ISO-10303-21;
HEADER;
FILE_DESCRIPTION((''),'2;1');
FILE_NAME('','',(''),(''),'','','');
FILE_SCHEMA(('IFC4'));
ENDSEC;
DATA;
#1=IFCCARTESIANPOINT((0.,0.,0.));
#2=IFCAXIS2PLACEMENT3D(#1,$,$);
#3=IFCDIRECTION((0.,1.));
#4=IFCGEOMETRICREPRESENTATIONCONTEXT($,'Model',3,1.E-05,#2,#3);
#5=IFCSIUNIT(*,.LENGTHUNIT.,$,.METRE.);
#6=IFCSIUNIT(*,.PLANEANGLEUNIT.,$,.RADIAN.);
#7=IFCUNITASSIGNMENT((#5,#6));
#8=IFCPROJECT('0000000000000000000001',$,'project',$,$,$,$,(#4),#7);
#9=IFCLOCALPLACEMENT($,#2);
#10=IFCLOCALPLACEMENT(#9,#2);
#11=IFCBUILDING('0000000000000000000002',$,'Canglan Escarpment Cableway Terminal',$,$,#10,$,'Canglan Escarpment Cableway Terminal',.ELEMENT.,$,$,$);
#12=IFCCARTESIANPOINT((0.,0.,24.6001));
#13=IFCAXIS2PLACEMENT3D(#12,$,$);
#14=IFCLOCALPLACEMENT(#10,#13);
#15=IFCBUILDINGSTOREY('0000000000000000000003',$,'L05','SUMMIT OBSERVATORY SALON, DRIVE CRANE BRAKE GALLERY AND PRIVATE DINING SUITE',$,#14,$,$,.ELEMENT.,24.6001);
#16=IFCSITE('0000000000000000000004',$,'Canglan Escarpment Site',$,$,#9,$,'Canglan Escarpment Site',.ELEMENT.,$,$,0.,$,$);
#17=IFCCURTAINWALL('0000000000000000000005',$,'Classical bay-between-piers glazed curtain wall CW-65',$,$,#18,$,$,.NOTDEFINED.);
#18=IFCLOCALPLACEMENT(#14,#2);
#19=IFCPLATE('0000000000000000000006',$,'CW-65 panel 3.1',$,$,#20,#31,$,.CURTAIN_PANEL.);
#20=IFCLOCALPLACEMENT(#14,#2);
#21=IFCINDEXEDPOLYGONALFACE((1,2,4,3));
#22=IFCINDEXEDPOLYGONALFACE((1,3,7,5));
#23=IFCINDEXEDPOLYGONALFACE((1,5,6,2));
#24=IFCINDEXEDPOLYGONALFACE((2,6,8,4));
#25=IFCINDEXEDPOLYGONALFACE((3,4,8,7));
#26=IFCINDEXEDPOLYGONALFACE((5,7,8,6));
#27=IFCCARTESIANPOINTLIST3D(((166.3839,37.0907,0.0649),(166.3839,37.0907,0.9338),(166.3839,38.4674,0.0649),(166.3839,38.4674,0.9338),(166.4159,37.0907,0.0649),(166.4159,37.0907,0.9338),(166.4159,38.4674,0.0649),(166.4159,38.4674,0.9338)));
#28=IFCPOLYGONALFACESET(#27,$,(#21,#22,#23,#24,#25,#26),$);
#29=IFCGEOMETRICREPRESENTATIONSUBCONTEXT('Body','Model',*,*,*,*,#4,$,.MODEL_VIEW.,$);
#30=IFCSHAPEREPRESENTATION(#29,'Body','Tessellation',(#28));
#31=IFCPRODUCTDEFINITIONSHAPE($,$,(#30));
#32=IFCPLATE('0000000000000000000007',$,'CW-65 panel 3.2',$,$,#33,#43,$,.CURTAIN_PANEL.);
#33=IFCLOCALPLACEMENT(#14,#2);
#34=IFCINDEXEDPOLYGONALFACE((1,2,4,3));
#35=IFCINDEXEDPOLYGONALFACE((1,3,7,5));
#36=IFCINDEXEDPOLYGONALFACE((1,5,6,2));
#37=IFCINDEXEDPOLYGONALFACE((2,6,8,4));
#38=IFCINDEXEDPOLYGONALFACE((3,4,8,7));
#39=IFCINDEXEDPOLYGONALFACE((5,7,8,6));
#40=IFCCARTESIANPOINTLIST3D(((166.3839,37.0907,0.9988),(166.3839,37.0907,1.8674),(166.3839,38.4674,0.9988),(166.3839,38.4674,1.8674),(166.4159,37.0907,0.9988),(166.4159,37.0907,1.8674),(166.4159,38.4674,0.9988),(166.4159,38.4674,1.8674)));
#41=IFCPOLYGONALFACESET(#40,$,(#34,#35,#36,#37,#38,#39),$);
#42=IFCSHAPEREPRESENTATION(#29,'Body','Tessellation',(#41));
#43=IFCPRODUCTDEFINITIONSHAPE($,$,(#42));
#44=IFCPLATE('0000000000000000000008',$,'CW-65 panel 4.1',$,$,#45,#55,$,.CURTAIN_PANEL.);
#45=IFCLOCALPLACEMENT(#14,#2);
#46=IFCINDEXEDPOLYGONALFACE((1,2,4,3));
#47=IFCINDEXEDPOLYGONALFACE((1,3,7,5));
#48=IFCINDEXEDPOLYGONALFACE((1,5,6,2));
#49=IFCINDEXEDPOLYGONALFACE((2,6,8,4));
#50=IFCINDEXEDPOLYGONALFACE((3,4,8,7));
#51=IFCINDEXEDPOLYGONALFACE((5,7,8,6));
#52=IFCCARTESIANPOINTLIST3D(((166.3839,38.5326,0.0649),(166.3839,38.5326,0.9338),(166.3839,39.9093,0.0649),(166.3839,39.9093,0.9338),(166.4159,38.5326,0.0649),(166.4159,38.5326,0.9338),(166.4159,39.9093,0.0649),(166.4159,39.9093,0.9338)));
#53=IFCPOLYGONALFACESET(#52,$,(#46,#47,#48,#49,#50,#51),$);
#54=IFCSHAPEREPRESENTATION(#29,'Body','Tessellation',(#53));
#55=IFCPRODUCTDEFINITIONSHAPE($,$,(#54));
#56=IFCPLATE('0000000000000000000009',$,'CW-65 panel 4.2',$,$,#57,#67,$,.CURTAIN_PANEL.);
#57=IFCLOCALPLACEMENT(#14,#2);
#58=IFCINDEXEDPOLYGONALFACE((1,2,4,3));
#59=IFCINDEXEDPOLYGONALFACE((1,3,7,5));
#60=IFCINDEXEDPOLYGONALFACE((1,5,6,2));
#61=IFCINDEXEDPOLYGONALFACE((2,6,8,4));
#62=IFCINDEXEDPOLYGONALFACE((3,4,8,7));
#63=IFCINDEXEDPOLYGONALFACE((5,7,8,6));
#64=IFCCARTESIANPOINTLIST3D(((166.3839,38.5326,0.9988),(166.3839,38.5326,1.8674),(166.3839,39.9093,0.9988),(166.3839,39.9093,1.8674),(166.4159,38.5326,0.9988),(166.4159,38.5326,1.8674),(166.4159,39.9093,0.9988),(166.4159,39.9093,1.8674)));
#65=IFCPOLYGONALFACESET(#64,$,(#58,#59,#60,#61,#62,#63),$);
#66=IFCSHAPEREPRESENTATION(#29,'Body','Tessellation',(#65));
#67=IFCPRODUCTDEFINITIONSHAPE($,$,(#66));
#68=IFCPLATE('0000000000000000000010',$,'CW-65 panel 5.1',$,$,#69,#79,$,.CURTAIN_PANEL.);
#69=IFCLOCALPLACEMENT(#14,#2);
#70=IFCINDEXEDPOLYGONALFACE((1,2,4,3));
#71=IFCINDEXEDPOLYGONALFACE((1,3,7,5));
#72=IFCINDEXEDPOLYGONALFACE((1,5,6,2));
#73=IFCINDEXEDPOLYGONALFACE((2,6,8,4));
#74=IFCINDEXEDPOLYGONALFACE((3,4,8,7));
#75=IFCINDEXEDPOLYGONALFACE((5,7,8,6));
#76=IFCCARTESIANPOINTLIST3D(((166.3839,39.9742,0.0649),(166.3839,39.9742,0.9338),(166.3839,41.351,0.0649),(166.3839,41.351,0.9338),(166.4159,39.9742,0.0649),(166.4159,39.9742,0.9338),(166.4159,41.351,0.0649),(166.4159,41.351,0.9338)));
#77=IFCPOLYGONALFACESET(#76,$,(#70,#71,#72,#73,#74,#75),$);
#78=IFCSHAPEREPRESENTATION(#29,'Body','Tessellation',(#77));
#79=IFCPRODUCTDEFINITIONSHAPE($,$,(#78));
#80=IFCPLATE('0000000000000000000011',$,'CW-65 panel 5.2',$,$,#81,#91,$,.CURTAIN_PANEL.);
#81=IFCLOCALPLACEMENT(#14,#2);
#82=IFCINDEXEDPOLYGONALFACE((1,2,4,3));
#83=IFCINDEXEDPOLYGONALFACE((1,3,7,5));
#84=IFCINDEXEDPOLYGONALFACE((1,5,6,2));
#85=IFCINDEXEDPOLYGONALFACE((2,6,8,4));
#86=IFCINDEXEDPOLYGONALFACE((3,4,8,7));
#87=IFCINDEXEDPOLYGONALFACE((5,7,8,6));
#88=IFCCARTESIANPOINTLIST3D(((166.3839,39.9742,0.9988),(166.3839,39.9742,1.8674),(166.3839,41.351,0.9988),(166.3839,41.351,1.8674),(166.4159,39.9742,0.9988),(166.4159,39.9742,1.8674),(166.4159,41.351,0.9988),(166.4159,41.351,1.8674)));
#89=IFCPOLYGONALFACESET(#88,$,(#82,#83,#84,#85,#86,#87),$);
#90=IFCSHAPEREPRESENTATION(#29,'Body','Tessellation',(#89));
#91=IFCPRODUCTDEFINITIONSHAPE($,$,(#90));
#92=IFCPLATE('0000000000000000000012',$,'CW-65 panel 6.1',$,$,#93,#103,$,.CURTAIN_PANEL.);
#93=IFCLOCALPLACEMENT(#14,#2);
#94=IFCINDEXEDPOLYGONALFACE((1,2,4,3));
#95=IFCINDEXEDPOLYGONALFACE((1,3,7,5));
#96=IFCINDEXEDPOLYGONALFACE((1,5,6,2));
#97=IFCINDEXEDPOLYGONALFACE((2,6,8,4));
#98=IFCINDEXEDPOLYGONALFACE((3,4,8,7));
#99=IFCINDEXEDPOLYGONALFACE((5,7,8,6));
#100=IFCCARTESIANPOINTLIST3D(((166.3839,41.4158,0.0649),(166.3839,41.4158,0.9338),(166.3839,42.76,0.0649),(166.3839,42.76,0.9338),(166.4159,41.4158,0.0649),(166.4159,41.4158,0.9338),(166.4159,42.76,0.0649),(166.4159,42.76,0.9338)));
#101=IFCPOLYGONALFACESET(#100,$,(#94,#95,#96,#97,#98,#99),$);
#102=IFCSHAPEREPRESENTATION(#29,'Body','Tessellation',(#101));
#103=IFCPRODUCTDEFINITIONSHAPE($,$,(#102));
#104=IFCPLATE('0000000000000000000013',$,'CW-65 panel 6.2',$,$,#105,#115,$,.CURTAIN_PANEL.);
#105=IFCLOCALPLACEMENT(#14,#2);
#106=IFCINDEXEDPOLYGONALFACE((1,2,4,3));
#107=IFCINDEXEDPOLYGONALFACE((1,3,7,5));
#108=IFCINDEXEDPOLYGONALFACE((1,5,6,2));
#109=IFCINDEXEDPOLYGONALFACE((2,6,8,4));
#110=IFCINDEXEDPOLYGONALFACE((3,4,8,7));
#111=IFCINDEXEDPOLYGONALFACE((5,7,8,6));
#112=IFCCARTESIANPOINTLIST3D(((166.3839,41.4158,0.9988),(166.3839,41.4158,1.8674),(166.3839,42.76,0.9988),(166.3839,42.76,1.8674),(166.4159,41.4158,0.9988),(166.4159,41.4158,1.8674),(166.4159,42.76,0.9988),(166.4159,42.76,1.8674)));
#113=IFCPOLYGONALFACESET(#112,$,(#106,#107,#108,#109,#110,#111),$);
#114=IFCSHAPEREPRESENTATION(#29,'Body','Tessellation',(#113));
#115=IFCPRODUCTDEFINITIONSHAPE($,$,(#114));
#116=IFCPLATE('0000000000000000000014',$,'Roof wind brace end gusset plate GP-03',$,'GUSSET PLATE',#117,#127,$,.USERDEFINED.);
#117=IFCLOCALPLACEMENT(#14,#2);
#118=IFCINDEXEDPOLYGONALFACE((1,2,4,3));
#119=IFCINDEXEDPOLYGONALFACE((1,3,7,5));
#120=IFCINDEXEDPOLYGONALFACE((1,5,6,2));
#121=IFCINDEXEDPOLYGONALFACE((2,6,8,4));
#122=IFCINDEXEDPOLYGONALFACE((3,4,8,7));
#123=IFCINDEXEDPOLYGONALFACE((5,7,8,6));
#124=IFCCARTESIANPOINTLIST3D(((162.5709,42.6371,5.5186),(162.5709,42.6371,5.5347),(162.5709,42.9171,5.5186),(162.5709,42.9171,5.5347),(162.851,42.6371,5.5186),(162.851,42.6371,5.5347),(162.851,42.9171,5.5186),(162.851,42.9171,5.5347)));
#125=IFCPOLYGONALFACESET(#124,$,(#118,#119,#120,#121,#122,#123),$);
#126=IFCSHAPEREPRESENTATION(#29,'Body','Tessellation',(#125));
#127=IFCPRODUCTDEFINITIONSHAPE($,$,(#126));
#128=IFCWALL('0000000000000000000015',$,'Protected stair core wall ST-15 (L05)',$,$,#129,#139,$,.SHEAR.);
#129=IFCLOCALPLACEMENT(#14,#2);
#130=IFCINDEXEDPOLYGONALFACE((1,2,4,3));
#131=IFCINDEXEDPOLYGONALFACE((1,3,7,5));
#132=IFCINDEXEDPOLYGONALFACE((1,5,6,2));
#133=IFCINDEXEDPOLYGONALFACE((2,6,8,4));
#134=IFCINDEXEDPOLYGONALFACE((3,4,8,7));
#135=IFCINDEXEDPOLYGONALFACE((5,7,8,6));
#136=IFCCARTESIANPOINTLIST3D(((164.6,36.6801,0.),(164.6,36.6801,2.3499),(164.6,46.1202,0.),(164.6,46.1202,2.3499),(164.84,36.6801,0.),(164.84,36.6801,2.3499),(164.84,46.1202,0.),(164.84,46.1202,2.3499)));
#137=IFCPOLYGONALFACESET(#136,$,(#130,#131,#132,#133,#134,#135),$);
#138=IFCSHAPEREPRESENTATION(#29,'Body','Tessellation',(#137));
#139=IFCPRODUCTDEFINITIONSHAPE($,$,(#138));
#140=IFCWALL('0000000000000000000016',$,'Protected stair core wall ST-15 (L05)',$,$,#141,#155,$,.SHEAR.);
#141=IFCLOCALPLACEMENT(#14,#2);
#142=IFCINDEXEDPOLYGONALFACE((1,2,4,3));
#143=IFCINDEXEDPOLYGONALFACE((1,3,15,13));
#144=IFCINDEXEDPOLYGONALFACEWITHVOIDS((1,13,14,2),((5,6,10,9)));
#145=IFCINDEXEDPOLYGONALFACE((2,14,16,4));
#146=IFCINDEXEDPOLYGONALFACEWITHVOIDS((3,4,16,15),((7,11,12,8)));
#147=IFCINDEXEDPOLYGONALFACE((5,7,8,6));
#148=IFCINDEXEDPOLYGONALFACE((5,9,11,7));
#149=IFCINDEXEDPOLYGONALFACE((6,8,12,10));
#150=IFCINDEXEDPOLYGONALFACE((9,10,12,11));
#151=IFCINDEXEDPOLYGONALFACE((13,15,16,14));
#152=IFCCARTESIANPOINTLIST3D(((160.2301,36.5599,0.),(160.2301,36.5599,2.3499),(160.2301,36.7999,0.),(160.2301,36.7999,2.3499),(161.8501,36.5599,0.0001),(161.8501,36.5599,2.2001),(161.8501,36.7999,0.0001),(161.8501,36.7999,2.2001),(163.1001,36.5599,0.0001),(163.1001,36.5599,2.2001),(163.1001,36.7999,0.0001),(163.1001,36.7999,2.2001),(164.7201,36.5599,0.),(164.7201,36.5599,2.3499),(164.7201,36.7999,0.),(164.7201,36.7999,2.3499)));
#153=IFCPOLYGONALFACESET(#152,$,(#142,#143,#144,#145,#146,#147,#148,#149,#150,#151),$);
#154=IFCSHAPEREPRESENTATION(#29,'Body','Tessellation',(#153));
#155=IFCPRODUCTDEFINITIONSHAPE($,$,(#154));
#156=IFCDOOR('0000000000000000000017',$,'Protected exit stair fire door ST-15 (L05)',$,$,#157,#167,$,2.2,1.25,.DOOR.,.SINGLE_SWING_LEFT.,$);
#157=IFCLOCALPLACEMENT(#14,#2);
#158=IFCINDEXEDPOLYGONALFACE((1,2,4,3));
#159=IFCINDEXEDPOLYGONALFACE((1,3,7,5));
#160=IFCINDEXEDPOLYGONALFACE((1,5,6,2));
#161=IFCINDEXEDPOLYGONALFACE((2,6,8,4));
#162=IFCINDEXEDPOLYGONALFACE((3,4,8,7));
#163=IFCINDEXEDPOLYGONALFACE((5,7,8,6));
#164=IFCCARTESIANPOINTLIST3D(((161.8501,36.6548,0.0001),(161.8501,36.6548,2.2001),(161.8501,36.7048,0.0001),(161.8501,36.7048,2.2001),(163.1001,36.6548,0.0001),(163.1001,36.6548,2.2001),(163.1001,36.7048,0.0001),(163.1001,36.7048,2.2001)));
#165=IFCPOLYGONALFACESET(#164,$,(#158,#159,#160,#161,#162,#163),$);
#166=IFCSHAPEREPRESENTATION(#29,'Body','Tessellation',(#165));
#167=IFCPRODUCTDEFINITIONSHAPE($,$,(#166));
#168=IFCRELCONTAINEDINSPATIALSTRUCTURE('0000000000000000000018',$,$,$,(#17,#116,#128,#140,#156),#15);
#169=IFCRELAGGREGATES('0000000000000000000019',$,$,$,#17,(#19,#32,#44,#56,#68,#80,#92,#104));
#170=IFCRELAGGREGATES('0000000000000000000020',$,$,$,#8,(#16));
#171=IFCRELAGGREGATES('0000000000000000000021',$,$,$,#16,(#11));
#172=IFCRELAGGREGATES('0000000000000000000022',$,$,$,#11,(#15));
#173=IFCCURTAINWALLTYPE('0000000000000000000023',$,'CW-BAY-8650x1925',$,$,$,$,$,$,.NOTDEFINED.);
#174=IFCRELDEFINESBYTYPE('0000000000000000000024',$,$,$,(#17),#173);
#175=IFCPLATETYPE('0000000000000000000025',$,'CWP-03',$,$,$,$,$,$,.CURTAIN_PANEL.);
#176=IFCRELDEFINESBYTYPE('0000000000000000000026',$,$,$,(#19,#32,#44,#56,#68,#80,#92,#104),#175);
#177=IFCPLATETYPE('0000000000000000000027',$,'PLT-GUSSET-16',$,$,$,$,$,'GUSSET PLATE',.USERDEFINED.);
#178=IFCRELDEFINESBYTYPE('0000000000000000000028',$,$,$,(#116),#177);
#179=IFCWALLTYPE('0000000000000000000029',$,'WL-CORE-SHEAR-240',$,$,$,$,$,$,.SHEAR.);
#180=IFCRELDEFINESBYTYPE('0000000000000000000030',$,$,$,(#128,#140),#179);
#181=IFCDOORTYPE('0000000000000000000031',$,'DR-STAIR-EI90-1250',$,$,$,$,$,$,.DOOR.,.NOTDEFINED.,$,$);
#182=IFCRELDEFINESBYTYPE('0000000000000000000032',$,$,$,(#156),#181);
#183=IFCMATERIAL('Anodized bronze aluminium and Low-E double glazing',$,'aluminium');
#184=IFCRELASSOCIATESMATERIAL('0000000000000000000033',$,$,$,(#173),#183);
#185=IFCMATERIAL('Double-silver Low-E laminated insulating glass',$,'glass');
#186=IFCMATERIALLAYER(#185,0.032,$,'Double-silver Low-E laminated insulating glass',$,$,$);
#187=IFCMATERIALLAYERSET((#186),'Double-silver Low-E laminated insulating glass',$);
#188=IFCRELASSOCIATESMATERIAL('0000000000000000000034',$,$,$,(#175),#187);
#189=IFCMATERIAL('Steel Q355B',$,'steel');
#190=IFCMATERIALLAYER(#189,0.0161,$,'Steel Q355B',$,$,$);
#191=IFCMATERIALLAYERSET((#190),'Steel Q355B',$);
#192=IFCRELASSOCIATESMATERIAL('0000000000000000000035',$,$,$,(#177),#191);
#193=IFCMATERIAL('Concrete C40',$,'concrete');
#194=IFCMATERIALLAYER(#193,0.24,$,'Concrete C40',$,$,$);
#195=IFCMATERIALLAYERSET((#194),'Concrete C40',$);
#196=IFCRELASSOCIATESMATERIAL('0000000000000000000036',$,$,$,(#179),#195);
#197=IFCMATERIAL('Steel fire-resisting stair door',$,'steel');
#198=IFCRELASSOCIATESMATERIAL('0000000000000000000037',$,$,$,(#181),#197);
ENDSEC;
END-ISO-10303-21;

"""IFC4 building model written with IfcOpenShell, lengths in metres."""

from ifc_helpers import new_model, si_unit, direction, frame, frame_2d, origin, origin_2d, place, context, subcontext, project, spatial, rectangle, extrude, material, layer, layer_set, type_object, element, fill, aggregate, save


model = new_model("IFC4")

# Units and contexts
model_context = context("Model", 3, precision=1e-05, world=origin(), true_north=direction((0.0, 1.0)))
body_context = subcontext(model_context, "Body", "Model", "MODEL_VIEW")
ifc_project = project(units=[si_unit("LENGTHUNIT", "METRE"), si_unit("PLANEANGLEUNIT", "RADIAN")], contexts=[model_context])

# Site, building, storey
site_placement = place(None, origin())
site = spatial("IfcSite", under=ifc_project, at=site_placement, Name="Canglan Escarpment Site", LongName="Canglan Escarpment Site", CompositionType="ELEMENT", RefElevation=0.0)
building_placement = place(site_placement, origin())
building = spatial("IfcBuilding", under=site, at=building_placement, Name="Canglan Escarpment Cableway Terminal", LongName="Canglan Escarpment Cableway Terminal", CompositionType="ELEMENT")
storey_placement = place(building_placement, frame((0.0, 0.0, 24.6001)))
storey = spatial("IfcBuildingStorey", under=building, at=storey_placement, Name="L05", Description="SUMMIT OBSERVATORY SALON, DRIVE CRANE BRAKE GALLERY AND PRIVATE DINING SUITE", CompositionType="ELEMENT", Elevation=24.6001)

# Curtain wall, plates
ifc_material_1 = material(Name="Anodized bronze aluminium and Low-E double glazing", Category="aluminium")
curtain_wall_type = type_object("IfcCurtainWallType", Name="CW-BAY-8650x1925", PredefinedType="NOTDEFINED", material=ifc_material_1)
curtain_wall_placement = place(storey_placement, origin())
curtain_wall = element("IfcCurtainWall", 1, at=curtain_wall_placement, inside=storey, type_object=curtain_wall_type, Name="Classical bay-between-piers glazed curtain wall CW-65", PredefinedType="NOTDEFINED")
ifc_material_2 = material(Name="Double-silver Low-E laminated insulating glass", Category="glass")
ifc_layer_1 = layer(ifc_material_2, 0.032, Name="Double-silver Low-E laminated insulating glass")
ifc_layer_set_1 = layer_set([ifc_layer_1], Name="Double-silver Low-E laminated insulating glass")
plate_type_1 = type_object("IfcPlateType", Name="CWP-03", PredefinedType="CURTAIN_PANEL", material=ifc_layer_set_1)
plate_1_placement = place(storey_placement, frame((166.3999, 37.7791, 0.0649), z_axis=(0.0, 0.0, 1.0), x_axis=(0.0, 1.0, 0.0)))
plate_1 = element("IfcPlate", 2, at=plate_1_placement, type_object=plate_type_1, Name="CW-65 panel 3.1", PredefinedType="CURTAIN_PANEL", context=body_context, shape_type="SweptSolid", body=[
    extrude(rectangle(XDim=1.3767, YDim=0.032, at=origin_2d()), origin(), (0.0, 0.0, 1.0), 0.8689),
])
plate_2_placement = place(storey_placement, frame((166.3999, 37.7791, 0.9988), z_axis=(0.0, 0.0, 1.0), x_axis=(0.0, 1.0, 0.0)))
plate_2 = element("IfcPlate", 3, at=plate_2_placement, type_object=plate_type_1, Name="CW-65 panel 3.2", PredefinedType="CURTAIN_PANEL", context=body_context, shape_type="SweptSolid", body=[
    extrude(rectangle(XDim=1.3767, YDim=0.032, at=origin_2d()), origin(), (0.0, 0.0, 1.0), 0.8687),
])
plate_3_placement = place(storey_placement, frame((166.3999, 39.2209, 0.0649), z_axis=(0.0, 0.0, 1.0), x_axis=(0.0, 1.0, 0.0)))
plate_3 = element("IfcPlate", 4, at=plate_3_placement, type_object=plate_type_1, Name="CW-65 panel 4.1", PredefinedType="CURTAIN_PANEL", context=body_context, shape_type="SweptSolid", body=[
    extrude(rectangle(XDim=1.3767, YDim=0.032, at=origin_2d()), origin(), (0.0, 0.0, 1.0), 0.8689),
])
plate_4_placement = place(storey_placement, frame((166.3999, 39.2209, 0.9988), z_axis=(0.0, 0.0, 1.0), x_axis=(0.0, 1.0, 0.0)))
plate_4 = element("IfcPlate", 5, at=plate_4_placement, type_object=plate_type_1, Name="CW-65 panel 4.2", PredefinedType="CURTAIN_PANEL", context=body_context, shape_type="SweptSolid", body=[
    extrude(rectangle(XDim=1.3767, YDim=0.032, at=origin_2d()), origin(), (0.0, 0.0, 1.0), 0.8687),
])
plate_5_placement = place(storey_placement, frame((166.3999, 40.6626, 0.0649), z_axis=(0.0, 0.0, 1.0), x_axis=(0.0, 1.0, 0.0)))
plate_5 = element("IfcPlate", 6, at=plate_5_placement, type_object=plate_type_1, Name="CW-65 panel 5.1", PredefinedType="CURTAIN_PANEL", context=body_context, shape_type="SweptSolid", body=[
    extrude(rectangle(XDim=1.3767, YDim=0.032, at=origin_2d()), origin(), (0.0, 0.0, 1.0), 0.8689),
])
plate_6_placement = place(storey_placement, frame((166.3999, 40.6626, 0.9988), z_axis=(0.0, 0.0, 1.0), x_axis=(0.0, 1.0, 0.0)))
plate_6 = element("IfcPlate", 7, at=plate_6_placement, type_object=plate_type_1, Name="CW-65 panel 5.2", PredefinedType="CURTAIN_PANEL", context=body_context, shape_type="SweptSolid", body=[
    extrude(rectangle(XDim=1.3767, YDim=0.032, at=origin_2d()), origin(), (0.0, 0.0, 1.0), 0.8687),
])
plate_7_placement = place(storey_placement, frame((166.3999, 42.0879, 0.0649), z_axis=(0.0, 0.0, 1.0), x_axis=(0.0, 1.0, 0.0)))
plate_7 = element("IfcPlate", 8, at=plate_7_placement, type_object=plate_type_1, Name="CW-65 panel 6.1", PredefinedType="CURTAIN_PANEL", context=body_context, shape_type="SweptSolid", body=[
    extrude(rectangle(XDim=1.3442, YDim=0.032, at=origin_2d()), origin(), (0.0, 0.0, 1.0), 0.8689),
])
plate_8_placement = place(storey_placement, frame((166.3999, 42.0879, 0.9988), z_axis=(0.0, 0.0, 1.0), x_axis=(0.0, 1.0, 0.0)))
plate_8 = element("IfcPlate", 9, at=plate_8_placement, type_object=plate_type_1, Name="CW-65 panel 6.2", PredefinedType="CURTAIN_PANEL", context=body_context, shape_type="SweptSolid", body=[
    extrude(rectangle(XDim=1.3442, YDim=0.032, at=origin_2d()), origin(), (0.0, 0.0, 1.0), 0.8687),
])
aggregate(curtain_wall, [plate_1, plate_2, plate_3, plate_4, plate_5, plate_6, plate_7, plate_8])

# Plate
ifc_material_3 = material(Name="Steel Q355B", Category="steel")
ifc_layer_2 = layer(ifc_material_3, 0.0161, Name="Steel Q355B")
ifc_layer_set_2 = layer_set([ifc_layer_2], Name="Steel Q355B")
plate_type_2 = type_object("IfcPlateType", Name="PLT-GUSSET-16", ElementType="GUSSET PLATE", PredefinedType="USERDEFINED", material=ifc_layer_set_2)
plate_9_placement = place(storey_placement, frame((162.7109, 42.7771, 5.5186), z_axis=(0.0, 0.0, 1.0), x_axis=(1.0, 0.0, 0.0)))
element("IfcPlate", 10, at=plate_9_placement, inside=storey, type_object=plate_type_2, Name="Roof wind brace end gusset plate GP-03", ObjectType="GUSSET PLATE", PredefinedType="USERDEFINED", context=body_context, shape_type="SweptSolid", body=[
    extrude(rectangle(XDim=0.28, YDim=0.28, at=origin_2d()), origin(), (0.0, 0.0, 1.0), 0.0161),
])

# Wall
ifc_material_4 = material(Name="Concrete C40", Category="concrete")
ifc_layer_3 = layer(ifc_material_4, 0.24, Name="Concrete C40")
ifc_layer_set_3 = layer_set([ifc_layer_3], Name="Concrete C40")
wall_type = type_object("IfcWallType", Name="WL-CORE-SHEAR-240", PredefinedType="SHEAR", material=ifc_layer_set_3)
wall_1_placement = place(storey_placement, frame((164.72, 36.6799, 0.0), z_axis=(0.0, 0.0, 1.0), x_axis=(0.0, 1.0, 0.0)))
element("IfcWall", 11, at=wall_1_placement, inside=storey, type_object=wall_type, Name="Protected stair core wall ST-15 (L05)", PredefinedType="SHEAR", context=body_context, shape_type="SweptSolid", body=[
    extrude(rectangle(XDim=9.4402, YDim=0.24, at=frame_2d((4.7202, 0.0))), origin(), (0.0, 0.0, 1.0), 2.3499),
])

# Wall, opening, door
wall_2_placement = place(storey_placement, frame((160.23, 36.6799, 0.0), z_axis=(0.0, 0.0, 1.0), x_axis=(1.0, 0.0, 0.0)))
wall_2 = element("IfcWall", 12, at=wall_2_placement, inside=storey, type_object=wall_type, Name="Protected stair core wall ST-15 (L05)", PredefinedType="SHEAR", context=body_context, shape_type="SweptSolid", body=[
    extrude(rectangle(XDim=4.49, YDim=0.24, at=frame_2d((2.2451, 0.0))), origin(), (0.0, 0.0, 1.0), 2.3499),
])
opening_placement = place(wall_2_placement, frame((1.6201, 0.0, 0.0)))
opening = element("IfcOpeningElement", 13, at=opening_placement, cuts=wall_2, PredefinedType="OPENING", context=body_context, shape_type="SweptSolid", body=[
    extrude(rectangle(XDim=1.25, YDim=2.2, at=frame_2d((0.625, 1.1001))), frame((0.0, 0.1299, 0.0), z_axis=(0.0, -1.0, 0.0), x_axis=(1.0, 0.0, 0.0)), (0.0, 0.0, 1.0), 0.26),
])
ifc_material_5 = material(Name="Steel fire-resisting stair door", Category="steel")
door_type = type_object("IfcDoorType", Name="DR-STAIR-EI90-1250", OperationType="NOTDEFINED", PredefinedType="DOOR", material=ifc_material_5)
door_placement = place(opening_placement, origin())
door = element("IfcDoor", 14, at=door_placement, inside=storey, type_object=door_type, Name="Protected exit stair fire door ST-15 (L05)", OperationType="SINGLE_SWING_LEFT", OverallHeight=2.2, OverallWidth=1.25, PredefinedType="DOOR", context=body_context, shape_type="SweptSolid", body=[
    extrude(rectangle(XDim=1.25, YDim=2.2, at=frame_2d((0.625, 1.1001))), frame((0.0, 0.0249, 0.0), z_axis=(0.0, -1.0, 0.0), x_axis=(1.0, 0.0, 0.0)), (0.0, 0.0, 1.0), 0.05),
])
fill(opening, door)

save(model, "model.ifc")
